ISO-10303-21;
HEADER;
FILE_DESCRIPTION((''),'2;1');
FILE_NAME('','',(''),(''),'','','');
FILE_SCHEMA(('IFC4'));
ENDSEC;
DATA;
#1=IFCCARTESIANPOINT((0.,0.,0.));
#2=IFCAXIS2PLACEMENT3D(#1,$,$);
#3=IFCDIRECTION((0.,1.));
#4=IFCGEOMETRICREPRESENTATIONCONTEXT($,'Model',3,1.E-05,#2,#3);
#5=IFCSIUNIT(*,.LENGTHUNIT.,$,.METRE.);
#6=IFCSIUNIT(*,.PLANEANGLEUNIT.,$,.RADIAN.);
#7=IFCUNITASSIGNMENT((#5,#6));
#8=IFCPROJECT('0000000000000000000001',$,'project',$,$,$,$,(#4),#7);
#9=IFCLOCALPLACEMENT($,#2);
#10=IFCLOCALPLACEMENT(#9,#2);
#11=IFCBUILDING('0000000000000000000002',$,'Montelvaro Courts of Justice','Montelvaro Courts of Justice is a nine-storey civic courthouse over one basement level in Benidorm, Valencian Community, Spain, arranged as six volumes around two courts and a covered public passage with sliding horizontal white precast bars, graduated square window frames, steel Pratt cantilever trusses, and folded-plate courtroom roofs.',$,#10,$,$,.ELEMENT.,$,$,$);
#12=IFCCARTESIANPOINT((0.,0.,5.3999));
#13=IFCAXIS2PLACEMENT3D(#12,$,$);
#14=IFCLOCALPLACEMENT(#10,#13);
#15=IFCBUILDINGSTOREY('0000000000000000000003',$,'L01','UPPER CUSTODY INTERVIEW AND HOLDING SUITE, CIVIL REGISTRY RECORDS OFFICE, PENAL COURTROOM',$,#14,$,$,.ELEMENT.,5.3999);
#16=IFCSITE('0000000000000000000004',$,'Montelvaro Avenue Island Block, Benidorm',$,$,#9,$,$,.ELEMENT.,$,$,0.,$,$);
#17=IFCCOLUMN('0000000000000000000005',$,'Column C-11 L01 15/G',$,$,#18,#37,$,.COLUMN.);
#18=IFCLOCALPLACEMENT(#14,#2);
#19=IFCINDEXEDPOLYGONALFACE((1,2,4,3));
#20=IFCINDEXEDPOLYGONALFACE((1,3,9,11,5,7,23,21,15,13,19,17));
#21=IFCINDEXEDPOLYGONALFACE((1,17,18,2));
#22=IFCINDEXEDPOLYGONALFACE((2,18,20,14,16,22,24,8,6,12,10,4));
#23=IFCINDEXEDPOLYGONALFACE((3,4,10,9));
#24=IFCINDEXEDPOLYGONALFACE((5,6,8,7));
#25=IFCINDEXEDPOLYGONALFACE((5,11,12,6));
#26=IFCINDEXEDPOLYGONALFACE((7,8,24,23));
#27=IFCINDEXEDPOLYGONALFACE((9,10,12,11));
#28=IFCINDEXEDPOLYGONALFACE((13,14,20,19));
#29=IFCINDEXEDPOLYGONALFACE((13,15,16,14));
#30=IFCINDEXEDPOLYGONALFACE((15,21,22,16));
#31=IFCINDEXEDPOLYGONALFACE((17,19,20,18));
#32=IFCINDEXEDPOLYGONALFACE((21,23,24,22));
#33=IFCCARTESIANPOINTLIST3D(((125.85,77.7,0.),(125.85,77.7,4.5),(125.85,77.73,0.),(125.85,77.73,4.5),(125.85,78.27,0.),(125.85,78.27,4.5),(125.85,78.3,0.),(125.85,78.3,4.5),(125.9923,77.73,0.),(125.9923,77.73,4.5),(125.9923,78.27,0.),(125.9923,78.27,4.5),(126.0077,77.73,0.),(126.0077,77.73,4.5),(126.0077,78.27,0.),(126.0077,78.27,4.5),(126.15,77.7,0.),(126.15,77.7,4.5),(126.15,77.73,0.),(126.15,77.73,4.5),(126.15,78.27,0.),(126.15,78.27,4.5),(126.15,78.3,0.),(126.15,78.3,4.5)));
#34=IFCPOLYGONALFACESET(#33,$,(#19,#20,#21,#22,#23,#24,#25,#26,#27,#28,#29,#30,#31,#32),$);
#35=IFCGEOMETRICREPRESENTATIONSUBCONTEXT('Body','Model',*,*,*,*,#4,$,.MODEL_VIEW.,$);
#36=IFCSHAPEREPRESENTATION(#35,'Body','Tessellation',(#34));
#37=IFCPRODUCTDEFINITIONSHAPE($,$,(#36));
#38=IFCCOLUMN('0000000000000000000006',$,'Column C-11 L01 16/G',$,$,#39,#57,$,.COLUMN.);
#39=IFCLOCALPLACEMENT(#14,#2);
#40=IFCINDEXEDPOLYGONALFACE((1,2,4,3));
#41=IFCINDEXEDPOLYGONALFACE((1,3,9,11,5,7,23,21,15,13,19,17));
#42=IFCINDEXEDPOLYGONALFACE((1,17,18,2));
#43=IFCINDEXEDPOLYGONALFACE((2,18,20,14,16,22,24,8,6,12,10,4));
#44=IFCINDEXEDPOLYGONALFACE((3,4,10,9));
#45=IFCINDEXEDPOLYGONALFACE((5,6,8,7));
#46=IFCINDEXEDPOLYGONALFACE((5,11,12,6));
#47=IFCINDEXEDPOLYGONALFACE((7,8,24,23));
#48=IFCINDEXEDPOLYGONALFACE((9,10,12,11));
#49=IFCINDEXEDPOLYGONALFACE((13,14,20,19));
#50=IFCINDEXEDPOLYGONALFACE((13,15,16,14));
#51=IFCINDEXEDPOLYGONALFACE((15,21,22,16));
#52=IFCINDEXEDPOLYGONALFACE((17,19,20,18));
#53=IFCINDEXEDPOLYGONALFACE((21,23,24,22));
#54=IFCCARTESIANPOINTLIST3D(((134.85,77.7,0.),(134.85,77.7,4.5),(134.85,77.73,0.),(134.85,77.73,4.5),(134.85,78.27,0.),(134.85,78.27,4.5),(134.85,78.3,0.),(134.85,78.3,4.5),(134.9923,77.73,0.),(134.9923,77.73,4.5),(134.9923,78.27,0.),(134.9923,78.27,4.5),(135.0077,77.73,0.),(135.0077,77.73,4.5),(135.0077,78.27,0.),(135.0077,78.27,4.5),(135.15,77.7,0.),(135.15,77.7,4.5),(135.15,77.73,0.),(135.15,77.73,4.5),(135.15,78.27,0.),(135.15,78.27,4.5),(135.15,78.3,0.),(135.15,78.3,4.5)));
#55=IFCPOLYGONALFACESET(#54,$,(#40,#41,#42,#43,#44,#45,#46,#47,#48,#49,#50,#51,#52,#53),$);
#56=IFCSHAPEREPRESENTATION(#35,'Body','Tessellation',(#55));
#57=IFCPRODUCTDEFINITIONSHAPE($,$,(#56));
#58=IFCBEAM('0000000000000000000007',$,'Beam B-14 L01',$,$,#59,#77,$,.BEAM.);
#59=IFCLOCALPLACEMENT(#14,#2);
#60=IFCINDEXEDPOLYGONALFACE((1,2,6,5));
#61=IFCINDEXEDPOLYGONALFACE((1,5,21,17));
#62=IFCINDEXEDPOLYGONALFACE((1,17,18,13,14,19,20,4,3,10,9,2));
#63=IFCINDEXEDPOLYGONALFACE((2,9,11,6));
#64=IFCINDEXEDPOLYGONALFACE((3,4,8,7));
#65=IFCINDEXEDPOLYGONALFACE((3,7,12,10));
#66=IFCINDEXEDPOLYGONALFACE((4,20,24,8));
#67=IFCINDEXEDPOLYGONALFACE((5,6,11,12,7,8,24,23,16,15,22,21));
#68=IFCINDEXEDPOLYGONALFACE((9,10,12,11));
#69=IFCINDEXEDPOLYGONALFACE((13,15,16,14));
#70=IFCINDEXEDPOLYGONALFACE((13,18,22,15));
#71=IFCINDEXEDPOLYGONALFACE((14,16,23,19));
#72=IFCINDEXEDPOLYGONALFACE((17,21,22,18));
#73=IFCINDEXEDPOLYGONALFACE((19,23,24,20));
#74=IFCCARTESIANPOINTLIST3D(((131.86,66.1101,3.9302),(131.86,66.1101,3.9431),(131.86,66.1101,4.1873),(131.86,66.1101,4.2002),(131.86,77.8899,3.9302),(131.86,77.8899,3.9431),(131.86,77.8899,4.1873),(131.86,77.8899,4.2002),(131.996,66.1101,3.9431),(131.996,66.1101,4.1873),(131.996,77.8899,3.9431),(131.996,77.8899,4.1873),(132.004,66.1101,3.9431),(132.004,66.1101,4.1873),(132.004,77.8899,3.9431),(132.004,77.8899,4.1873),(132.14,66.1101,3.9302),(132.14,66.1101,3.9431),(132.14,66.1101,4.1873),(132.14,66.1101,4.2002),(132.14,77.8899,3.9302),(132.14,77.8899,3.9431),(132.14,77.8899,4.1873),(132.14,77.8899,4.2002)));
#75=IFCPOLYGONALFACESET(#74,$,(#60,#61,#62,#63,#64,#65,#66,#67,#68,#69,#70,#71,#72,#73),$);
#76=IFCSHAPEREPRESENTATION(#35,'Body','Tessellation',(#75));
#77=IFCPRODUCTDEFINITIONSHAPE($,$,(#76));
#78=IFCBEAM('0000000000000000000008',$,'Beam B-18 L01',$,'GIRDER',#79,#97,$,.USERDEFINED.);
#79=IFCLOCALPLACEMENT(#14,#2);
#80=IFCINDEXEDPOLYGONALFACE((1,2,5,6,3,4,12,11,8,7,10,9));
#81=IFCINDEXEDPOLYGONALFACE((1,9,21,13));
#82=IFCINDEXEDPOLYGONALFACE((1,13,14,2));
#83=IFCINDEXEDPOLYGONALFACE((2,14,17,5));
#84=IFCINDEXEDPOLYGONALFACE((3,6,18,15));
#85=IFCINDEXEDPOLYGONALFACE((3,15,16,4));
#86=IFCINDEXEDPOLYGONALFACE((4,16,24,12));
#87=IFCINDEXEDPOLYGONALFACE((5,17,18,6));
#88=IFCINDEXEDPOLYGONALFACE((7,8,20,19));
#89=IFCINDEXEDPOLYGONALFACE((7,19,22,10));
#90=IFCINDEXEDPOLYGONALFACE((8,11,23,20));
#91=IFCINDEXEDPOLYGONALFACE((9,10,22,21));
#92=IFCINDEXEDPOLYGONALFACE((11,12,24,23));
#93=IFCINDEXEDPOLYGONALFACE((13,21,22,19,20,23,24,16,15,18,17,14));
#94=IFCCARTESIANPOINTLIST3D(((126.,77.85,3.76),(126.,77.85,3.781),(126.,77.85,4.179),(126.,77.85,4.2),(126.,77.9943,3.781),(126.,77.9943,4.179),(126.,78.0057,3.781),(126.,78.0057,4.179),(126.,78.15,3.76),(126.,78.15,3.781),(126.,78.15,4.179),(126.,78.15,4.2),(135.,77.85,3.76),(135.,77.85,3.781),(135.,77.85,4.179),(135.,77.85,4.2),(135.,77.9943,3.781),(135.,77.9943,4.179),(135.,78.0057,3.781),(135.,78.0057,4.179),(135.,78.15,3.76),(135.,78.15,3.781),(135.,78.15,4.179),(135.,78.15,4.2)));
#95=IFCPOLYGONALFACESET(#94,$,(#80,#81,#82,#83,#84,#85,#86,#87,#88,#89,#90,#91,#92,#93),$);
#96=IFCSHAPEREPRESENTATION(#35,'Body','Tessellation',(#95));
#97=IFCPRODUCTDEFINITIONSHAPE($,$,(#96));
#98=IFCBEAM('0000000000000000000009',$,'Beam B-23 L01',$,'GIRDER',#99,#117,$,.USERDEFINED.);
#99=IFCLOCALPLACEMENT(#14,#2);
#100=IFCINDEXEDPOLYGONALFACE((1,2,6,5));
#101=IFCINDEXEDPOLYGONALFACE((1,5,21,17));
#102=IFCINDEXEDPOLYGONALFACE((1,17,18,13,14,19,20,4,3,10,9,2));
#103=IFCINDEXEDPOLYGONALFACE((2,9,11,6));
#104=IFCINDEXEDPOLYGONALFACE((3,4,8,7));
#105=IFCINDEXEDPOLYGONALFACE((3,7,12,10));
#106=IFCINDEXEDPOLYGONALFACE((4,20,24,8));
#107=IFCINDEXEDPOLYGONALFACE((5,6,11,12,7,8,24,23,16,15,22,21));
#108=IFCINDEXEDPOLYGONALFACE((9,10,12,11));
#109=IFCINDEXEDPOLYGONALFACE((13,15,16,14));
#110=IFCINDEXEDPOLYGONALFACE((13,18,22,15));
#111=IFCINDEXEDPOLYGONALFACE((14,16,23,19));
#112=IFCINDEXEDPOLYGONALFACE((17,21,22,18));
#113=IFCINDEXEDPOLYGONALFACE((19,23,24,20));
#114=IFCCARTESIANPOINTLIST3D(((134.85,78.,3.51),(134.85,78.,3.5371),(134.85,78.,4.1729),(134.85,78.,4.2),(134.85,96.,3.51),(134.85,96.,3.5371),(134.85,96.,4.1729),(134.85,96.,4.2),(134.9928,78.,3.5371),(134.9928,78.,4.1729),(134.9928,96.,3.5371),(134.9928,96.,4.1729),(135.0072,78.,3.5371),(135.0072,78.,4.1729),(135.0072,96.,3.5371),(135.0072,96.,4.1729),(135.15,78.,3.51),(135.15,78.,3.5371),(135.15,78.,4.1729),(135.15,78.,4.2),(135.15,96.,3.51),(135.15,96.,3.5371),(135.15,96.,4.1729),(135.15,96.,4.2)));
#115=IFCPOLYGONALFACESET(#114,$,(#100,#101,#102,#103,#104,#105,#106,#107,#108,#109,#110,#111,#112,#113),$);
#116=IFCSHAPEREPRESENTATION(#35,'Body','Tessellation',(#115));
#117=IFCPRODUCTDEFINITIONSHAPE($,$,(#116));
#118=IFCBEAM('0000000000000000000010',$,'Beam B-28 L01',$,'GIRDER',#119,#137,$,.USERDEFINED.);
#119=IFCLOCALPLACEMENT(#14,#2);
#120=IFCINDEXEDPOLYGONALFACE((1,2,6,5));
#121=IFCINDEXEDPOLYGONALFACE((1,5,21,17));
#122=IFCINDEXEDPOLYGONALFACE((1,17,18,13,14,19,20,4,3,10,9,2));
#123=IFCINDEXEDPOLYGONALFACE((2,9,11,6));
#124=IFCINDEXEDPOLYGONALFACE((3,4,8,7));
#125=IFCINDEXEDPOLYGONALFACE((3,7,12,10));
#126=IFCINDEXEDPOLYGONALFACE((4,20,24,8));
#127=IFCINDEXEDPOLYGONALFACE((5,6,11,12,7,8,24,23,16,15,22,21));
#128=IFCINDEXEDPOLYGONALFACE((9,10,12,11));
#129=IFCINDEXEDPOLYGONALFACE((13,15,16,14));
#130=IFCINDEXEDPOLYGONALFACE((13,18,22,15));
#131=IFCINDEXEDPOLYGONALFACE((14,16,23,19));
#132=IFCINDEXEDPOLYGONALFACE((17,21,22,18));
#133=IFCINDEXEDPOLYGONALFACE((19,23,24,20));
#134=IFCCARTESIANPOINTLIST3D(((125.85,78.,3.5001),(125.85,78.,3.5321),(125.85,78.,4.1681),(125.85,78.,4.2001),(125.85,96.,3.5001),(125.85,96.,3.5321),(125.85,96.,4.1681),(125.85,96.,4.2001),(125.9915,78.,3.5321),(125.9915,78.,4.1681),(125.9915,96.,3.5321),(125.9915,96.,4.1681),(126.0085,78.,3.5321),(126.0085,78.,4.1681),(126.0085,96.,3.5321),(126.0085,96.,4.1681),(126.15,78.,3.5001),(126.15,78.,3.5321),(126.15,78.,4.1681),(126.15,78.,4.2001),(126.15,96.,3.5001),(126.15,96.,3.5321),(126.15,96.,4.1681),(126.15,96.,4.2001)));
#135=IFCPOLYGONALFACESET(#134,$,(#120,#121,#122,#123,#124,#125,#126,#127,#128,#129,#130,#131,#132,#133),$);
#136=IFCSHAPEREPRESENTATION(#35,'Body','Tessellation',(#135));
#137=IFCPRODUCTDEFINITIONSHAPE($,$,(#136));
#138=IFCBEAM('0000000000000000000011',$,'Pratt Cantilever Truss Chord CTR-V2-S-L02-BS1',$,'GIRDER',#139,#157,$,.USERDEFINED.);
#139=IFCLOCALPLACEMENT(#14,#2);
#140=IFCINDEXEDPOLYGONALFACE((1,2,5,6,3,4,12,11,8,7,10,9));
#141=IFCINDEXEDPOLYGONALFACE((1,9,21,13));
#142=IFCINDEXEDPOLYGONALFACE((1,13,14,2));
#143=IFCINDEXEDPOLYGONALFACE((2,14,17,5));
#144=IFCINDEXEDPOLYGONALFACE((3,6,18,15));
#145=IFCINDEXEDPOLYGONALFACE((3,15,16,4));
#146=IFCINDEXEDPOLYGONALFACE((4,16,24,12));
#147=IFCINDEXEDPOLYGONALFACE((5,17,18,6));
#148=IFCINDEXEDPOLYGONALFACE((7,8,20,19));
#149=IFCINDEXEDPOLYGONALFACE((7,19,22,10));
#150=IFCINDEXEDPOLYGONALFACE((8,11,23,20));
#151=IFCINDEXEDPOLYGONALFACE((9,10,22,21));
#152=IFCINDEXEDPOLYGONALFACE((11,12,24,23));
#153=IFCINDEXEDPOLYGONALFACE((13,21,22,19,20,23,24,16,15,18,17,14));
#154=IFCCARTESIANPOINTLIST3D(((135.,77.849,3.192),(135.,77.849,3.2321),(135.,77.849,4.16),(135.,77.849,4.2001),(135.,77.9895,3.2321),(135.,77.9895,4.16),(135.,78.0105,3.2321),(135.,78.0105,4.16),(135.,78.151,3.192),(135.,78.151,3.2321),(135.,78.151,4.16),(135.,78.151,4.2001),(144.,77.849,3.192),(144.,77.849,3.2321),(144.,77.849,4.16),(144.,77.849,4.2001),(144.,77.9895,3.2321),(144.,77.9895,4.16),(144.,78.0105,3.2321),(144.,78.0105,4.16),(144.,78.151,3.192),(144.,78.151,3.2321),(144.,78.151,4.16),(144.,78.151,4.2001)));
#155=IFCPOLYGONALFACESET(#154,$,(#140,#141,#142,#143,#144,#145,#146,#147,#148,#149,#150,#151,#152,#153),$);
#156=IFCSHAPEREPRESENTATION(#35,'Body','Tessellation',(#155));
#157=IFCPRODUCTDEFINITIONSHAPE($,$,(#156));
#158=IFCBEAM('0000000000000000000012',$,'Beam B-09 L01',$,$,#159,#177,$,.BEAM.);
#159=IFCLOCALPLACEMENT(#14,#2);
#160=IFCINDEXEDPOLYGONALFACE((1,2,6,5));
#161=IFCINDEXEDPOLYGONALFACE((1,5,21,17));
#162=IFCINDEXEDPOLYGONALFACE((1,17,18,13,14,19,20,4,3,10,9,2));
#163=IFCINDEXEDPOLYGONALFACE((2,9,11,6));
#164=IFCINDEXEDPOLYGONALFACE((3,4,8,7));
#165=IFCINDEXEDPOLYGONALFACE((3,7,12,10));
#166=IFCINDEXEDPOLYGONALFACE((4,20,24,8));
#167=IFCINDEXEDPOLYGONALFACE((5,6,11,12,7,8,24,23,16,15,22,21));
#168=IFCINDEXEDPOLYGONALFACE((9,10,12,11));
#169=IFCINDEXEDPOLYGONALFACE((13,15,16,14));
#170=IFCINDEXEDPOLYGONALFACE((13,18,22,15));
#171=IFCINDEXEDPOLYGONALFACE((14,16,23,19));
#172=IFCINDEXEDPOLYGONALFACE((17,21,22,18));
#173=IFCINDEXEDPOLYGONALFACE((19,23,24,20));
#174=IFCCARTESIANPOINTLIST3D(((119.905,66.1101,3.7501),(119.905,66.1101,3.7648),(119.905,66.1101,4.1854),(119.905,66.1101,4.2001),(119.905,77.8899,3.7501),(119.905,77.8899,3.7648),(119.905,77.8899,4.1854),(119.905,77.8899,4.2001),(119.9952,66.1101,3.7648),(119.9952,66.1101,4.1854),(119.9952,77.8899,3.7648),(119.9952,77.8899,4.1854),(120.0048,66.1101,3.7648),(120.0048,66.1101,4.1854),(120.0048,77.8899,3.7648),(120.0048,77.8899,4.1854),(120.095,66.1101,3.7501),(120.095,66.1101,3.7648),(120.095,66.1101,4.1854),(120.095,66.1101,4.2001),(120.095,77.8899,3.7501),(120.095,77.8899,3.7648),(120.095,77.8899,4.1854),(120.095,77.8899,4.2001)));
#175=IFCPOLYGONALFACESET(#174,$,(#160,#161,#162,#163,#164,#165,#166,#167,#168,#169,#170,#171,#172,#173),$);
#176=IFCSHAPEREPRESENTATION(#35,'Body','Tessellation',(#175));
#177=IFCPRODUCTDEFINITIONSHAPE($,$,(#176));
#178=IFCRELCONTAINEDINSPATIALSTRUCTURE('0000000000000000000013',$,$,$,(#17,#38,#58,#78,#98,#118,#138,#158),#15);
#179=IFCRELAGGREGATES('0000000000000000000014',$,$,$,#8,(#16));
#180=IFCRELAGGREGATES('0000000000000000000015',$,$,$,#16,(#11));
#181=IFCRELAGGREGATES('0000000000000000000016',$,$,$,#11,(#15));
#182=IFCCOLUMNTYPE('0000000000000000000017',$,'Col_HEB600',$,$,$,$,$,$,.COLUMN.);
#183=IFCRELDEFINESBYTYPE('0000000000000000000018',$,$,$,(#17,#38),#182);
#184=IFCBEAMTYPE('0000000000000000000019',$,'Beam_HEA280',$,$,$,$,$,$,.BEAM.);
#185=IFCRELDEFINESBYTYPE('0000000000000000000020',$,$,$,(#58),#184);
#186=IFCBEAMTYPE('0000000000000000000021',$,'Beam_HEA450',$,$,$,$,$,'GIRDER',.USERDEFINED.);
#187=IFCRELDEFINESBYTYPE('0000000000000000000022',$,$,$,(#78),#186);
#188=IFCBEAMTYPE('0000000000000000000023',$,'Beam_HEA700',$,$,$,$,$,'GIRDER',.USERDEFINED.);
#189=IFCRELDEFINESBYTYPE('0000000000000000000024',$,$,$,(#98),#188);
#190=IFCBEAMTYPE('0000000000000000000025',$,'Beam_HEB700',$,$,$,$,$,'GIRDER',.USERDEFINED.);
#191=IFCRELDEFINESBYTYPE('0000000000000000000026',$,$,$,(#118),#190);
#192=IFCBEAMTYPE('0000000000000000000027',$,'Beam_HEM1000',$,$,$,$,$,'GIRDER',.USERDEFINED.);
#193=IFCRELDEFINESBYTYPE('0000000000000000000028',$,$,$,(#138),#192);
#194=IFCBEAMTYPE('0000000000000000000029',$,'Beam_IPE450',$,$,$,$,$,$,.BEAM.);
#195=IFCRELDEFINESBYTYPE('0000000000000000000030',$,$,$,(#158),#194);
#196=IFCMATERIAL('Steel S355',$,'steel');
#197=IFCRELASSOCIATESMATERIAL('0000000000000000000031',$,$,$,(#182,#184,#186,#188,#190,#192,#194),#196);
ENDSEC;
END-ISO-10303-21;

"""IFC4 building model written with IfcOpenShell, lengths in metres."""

from ifc_helpers import new_model, si_unit, direction, frame, origin, origin_2d, place, context, subcontext, project, spatial, i_section, extrude, material, material_profile, profile_set, type_object, element, save


model = new_model("IFC4")

# Units and contexts
model_context = context("Model", 3, precision=1e-05, world=origin(), true_north=direction((0.0, 1.0)))
body_context = subcontext(model_context, "Body", "Model", "MODEL_VIEW")
ifc_project = project(units=[si_unit("LENGTHUNIT", "METRE"), si_unit("PLANEANGLEUNIT", "RADIAN")], contexts=[model_context])

# Site, building, storey
site_placement = place(None, origin())
site = spatial("IfcSite", under=ifc_project, at=site_placement, Name="Montelvaro Avenue Island Block, Benidorm", CompositionType="ELEMENT", RefElevation=0.0)
building_placement = place(site_placement, origin())
building = spatial("IfcBuilding", under=site, at=building_placement, Name="Montelvaro Courts of Justice", Description="Montelvaro Courts of Justice is a nine-storey civic courthouse over one basement level in Benidorm, Valencian Community, Spain, arranged as six volumes around two courts and a covered public passage with sliding horizontal white precast bars, graduated square window frames, steel Pratt cantilever trusses, and folded-plate courtroom roofs.", CompositionType="ELEMENT")
storey_placement = place(building_placement, frame((0.0, 0.0, 5.3999)))
storey = spatial("IfcBuildingStorey", under=building, at=storey_placement, Name="L01", Description="UPPER CUSTODY INTERVIEW AND HOLDING SUITE, CIVIL REGISTRY RECORDS OFFICE, PENAL COURTROOM", CompositionType="ELEMENT", Elevation=5.3999)

# Columns
ifc_material_1 = material(Name="Steel S355", Category="steel")
ifc_material_profile_1 = material_profile(ifc_material_1, i_section(OverallWidth=0.3, OverallDepth=0.6001, WebThickness=0.0154, FlangeThickness=0.03, at=origin_2d()), Name="HEB 600")
ifc_profile_set_1 = profile_set([ifc_material_profile_1], Name="Steel S355")
column_type = type_object("IfcColumnType", Name="Col_HEB600", PredefinedType="COLUMN", material=ifc_profile_set_1)
for number, where, z_axis, x_axis, name in (
    (1, (126.0, 78.0, 0.0), (0.0, 0.0, 1.0), (1.0, 0.0, 0.0), "Column C-11 L01 15/G"),
    (2, (135.0, 78.0, 0.0), (0.0, 0.0, 1.0), (1.0, 0.0, 0.0), "Column C-11 L01 16/G"),
):
    element("IfcColumn", number, at=place(storey_placement, frame(where, z_axis=z_axis, x_axis=x_axis)), inside=storey, type_object=column_type, Name=name, PredefinedType="COLUMN", context=body_context, shape_type="SweptSolid", body=[
        extrude(i_section(OverallWidth=0.3, OverallDepth=0.6001, WebThickness=0.0154, FlangeThickness=0.03, at=origin_2d()), origin(), (0.0, 0.0, 1.0), 4.5),
    ])

# Beams
ifc_material_profile_2 = material_profile(ifc_material_1, i_section(OverallWidth=0.28, OverallDepth=0.27, WebThickness=0.0081, FlangeThickness=0.0129, at=origin_2d()), Name="HEA 280")
ifc_profile_set_2 = profile_set([ifc_material_profile_2], Name="Steel S355")
beam_type_1 = type_object("IfcBeamType", Name="Beam_HEA280", PredefinedType="BEAM", material=ifc_profile_set_2)
beam_1_placement = place(storey_placement, frame((132.0, 66.1101, 4.0652), z_axis=(0.0, 1.0, 0.0), x_axis=(-1.0, 0.0, 0.0)))
element("IfcBeam", 3, at=beam_1_placement, inside=storey, type_object=beam_type_1, Name="Beam B-14 L01", PredefinedType="BEAM", context=body_context, shape_type="SweptSolid", body=[
    extrude(i_section(OverallWidth=0.28, OverallDepth=0.27, WebThickness=0.0081, FlangeThickness=0.0129, at=origin_2d()), origin(), (0.0, 0.0, 1.0), 11.7798),
])
ifc_material_profile_3 = material_profile(ifc_material_1, i_section(OverallWidth=0.3, OverallDepth=0.4399, WebThickness=0.0115, FlangeThickness=0.021, at=origin_2d()), Name="HEA 450")
ifc_profile_set_3 = profile_set([ifc_material_profile_3], Name="Steel S355")
beam_type_2 = type_object("IfcBeamType", Name="Beam_HEA450", ElementType="GIRDER", PredefinedType="USERDEFINED", material=ifc_profile_set_3)
beam_2_placement = place(storey_placement, frame((126.0, 78.0, 3.98), z_axis=(1.0, 0.0, 0.0), x_axis=(0.0, 1.0, 0.0)))
element("IfcBeam", 4, at=beam_2_placement, inside=storey, type_object=beam_type_2, Name="Beam B-18 L01", ObjectType="GIRDER", PredefinedType="USERDEFINED", context=body_context, shape_type="SweptSolid", body=[
    extrude(i_section(OverallWidth=0.3, OverallDepth=0.4399, WebThickness=0.0115, FlangeThickness=0.021, at=origin_2d()), origin(), (0.0, 0.0, 1.0), 9.0),
])
ifc_material_profile_4 = material_profile(ifc_material_1, i_section(OverallWidth=0.3, OverallDepth=0.6899, WebThickness=0.0144, FlangeThickness=0.0271, at=origin_2d()), Name="HEA 700")
ifc_profile_set_4 = profile_set([ifc_material_profile_4], Name="Steel S355")
beam_type_3 = type_object("IfcBeamType", Name="Beam_HEA700", ElementType="GIRDER", PredefinedType="USERDEFINED", material=ifc_profile_set_4)
beam_3_placement = place(storey_placement, frame((135.0, 78.0, 3.855), z_axis=(0.0, 1.0, 0.0), x_axis=(-1.0, 0.0, 0.0)))
element("IfcBeam", 5, at=beam_3_placement, inside=storey, type_object=beam_type_3, Name="Beam B-23 L01", ObjectType="GIRDER", PredefinedType="USERDEFINED", context=body_context, shape_type="SweptSolid", body=[
    extrude(i_section(OverallWidth=0.3, OverallDepth=0.6899, WebThickness=0.0144, FlangeThickness=0.0271, at=origin_2d()), origin(), (0.0, 0.0, 1.0), 18.0),
])
ifc_material_profile_5 = material_profile(ifc_material_1, i_section(OverallWidth=0.3, OverallDepth=0.7, WebThickness=0.0171, FlangeThickness=0.032, at=origin_2d()), Name="HEB 700")
ifc_profile_set_5 = profile_set([ifc_material_profile_5], Name="Steel S355")
beam_type_4 = type_object("IfcBeamType", Name="Beam_HEB700", ElementType="GIRDER", PredefinedType="USERDEFINED", material=ifc_profile_set_5)
beam_4_placement = place(storey_placement, frame((126.0, 78.0, 3.8501), z_axis=(0.0, 1.0, 0.0), x_axis=(-1.0, 0.0, 0.0)))
element("IfcBeam", 6, at=beam_4_placement, inside=storey, type_object=beam_type_4, Name="Beam B-28 L01", ObjectType="GIRDER", PredefinedType="USERDEFINED", context=body_context, shape_type="SweptSolid", body=[
    extrude(i_section(OverallWidth=0.3, OverallDepth=0.7, WebThickness=0.0171, FlangeThickness=0.032, at=origin_2d()), origin(), (0.0, 0.0, 1.0), 18.0),
])
ifc_material_profile_6 = material_profile(ifc_material_1, i_section(OverallWidth=0.302, OverallDepth=1.0081, WebThickness=0.021, FlangeThickness=0.04, at=origin_2d()), Name="HEM 1000")
ifc_profile_set_6 = profile_set([ifc_material_profile_6], Name="Steel S355")
beam_type_5 = type_object("IfcBeamType", Name="Beam_HEM1000", ElementType="GIRDER", PredefinedType="USERDEFINED", material=ifc_profile_set_6)
beam_5_placement = place(storey_placement, frame((135.0, 78.0, 3.696), z_axis=(1.0, 0.0, 0.0), x_axis=(0.0, 1.0, 0.0)))
element("IfcBeam", 7, at=beam_5_placement, inside=storey, type_object=beam_type_5, Name="Pratt Cantilever Truss Chord CTR-V2-S-L02-BS1", ObjectType="GIRDER", PredefinedType="USERDEFINED", context=body_context, shape_type="SweptSolid", body=[
    extrude(i_section(OverallWidth=0.302, OverallDepth=1.0081, WebThickness=0.021, FlangeThickness=0.04, at=origin_2d()), origin(), (0.0, 0.0, 1.0), 9.0),
])
ifc_material_profile_7 = material_profile(ifc_material_1, i_section(OverallWidth=0.1899, OverallDepth=0.45, WebThickness=0.0095, FlangeThickness=0.0146, at=origin_2d()), Name="IPE 450")
ifc_profile_set_7 = profile_set([ifc_material_profile_7], Name="Steel S355")
beam_type_6 = type_object("IfcBeamType", Name="Beam_IPE450", PredefinedType="BEAM", material=ifc_profile_set_7)
beam_6_placement = place(storey_placement, frame((120.0, 66.1101, 3.9751), z_axis=(0.0, 1.0, 0.0), x_axis=(-1.0, 0.0, 0.0)))
element("IfcBeam", 8, at=beam_6_placement, inside=storey, type_object=beam_type_6, Name="Beam B-09 L01", PredefinedType="BEAM", context=body_context, shape_type="SweptSolid", body=[
    extrude(i_section(OverallWidth=0.1899, OverallDepth=0.45, WebThickness=0.0095, FlangeThickness=0.0146, at=origin_2d()), origin(), (0.0, 0.0, 1.0), 11.7798),
])

save(model, "model.ifc")
